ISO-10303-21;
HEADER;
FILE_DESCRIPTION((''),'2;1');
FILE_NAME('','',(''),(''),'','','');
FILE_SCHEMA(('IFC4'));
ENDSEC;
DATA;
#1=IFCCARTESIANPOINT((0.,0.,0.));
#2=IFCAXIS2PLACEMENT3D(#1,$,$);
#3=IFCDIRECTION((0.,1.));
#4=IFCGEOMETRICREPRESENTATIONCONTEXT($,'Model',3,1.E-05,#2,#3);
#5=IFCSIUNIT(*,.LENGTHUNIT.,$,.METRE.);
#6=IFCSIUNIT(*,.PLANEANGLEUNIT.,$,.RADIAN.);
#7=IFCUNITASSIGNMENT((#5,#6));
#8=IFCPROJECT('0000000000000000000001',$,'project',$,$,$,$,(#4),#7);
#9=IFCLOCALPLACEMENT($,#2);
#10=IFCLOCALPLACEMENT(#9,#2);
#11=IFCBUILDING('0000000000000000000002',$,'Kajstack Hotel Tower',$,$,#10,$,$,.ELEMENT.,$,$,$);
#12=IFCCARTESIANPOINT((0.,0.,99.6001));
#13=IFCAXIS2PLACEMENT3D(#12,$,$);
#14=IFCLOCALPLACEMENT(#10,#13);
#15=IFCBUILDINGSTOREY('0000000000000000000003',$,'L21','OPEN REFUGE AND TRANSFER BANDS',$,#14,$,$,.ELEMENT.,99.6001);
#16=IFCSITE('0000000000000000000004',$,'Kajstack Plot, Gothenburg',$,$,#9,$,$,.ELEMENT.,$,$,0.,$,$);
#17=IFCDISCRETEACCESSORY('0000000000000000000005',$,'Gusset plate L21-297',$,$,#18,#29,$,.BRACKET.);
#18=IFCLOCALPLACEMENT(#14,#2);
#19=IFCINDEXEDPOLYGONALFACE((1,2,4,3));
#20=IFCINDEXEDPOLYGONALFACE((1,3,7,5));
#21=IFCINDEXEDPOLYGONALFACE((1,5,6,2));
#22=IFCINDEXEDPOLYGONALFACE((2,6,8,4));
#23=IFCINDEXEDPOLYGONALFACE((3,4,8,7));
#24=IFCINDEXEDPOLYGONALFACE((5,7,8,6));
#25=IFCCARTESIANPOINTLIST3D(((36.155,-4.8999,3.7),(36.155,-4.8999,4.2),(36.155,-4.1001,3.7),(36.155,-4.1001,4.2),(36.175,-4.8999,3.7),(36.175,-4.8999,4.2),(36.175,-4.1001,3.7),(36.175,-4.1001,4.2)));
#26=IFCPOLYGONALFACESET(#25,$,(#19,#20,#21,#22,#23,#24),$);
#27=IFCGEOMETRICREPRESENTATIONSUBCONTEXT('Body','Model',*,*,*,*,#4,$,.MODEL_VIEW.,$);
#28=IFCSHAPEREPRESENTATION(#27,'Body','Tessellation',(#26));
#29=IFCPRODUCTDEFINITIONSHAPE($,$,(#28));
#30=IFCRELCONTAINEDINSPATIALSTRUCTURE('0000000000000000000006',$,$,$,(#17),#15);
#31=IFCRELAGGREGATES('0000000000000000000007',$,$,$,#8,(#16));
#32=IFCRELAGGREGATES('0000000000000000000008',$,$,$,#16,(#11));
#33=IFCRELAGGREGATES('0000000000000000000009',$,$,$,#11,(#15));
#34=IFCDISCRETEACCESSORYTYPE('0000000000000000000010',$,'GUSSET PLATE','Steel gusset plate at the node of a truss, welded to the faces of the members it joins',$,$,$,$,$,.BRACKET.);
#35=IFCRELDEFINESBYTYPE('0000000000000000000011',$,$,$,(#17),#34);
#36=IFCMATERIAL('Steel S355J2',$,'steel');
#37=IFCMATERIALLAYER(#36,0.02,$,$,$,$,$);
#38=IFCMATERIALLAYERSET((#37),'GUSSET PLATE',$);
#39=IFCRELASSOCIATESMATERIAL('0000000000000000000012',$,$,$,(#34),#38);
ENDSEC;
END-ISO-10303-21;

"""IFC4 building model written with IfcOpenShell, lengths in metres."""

from ifc_helpers import new_model, si_unit, direction, frame, origin, place, context, subcontext, project, spatial, polyline, outline, extrude, material, layer, layer_set, type_object, element, save


model = new_model("IFC4")

# Units and contexts
model_context = context("Model", 3, precision=1e-05, world=origin(), true_north=direction((0.0, 1.0)))
body_context = subcontext(model_context, "Body", "Model", "MODEL_VIEW")
ifc_project = project(units=[si_unit("LENGTHUNIT", "METRE"), si_unit("PLANEANGLEUNIT", "RADIAN")], contexts=[model_context])

# Site, building, storey
site_placement = place(None, origin())
site = spatial("IfcSite", under=ifc_project, at=site_placement, Name="Kajstack Plot, Gothenburg", CompositionType="ELEMENT", RefElevation=0.0)
building_placement = place(site_placement, origin())
building = spatial("IfcBuilding", under=site, at=building_placement, Name="Kajstack Hotel Tower", CompositionType="ELEMENT")
storey_placement = place(building_placement, frame((0.0, 0.0, 99.6001)))
storey = spatial("IfcBuildingStorey", under=building, at=storey_placement, Name="L21", Description="OPEN REFUGE AND TRANSFER BANDS", CompositionType="ELEMENT", Elevation=99.6001)

# Shared definitions
ifc_material = material(Name="Steel S355J2", Category="steel")

# Discrete accessory
ifc_layer = layer(ifc_material, 0.02)
ifc_layer_set = layer_set([ifc_layer], Name="GUSSET PLATE")
discrete_accessory_type = type_object("IfcDiscreteAccessoryType", Name="GUSSET PLATE", Description="Steel gusset plate at the node of a truss, welded to the faces of the members it joins", PredefinedType="BRACKET", material=ifc_layer_set)
for number, where, z_axis, x_axis, name in (
    (1, (36.155, -4.5, 3.7), (1.0, 0.0, 0.0), (0.0, 1.0, 0.0), "Gusset plate L21-297"),
):
    element("IfcDiscreteAccessory", number, at=place(storey_placement, frame(where, z_axis=z_axis, x_axis=x_axis)), inside=storey, type_object=discrete_accessory_type, Name=name, PredefinedType="BRACKET", context=body_context, shape_type="SweptSolid", body=[
        extrude(outline(polyline([(-0.3999, 0.0), (0.3999, 0.0), (0.3999, 0.5), (-0.3999, 0.5), (-0.3999, 0.0)])), origin(), (0.0, 0.0, 1.0), 0.02),
    ])

save(model, "model.ifc")
